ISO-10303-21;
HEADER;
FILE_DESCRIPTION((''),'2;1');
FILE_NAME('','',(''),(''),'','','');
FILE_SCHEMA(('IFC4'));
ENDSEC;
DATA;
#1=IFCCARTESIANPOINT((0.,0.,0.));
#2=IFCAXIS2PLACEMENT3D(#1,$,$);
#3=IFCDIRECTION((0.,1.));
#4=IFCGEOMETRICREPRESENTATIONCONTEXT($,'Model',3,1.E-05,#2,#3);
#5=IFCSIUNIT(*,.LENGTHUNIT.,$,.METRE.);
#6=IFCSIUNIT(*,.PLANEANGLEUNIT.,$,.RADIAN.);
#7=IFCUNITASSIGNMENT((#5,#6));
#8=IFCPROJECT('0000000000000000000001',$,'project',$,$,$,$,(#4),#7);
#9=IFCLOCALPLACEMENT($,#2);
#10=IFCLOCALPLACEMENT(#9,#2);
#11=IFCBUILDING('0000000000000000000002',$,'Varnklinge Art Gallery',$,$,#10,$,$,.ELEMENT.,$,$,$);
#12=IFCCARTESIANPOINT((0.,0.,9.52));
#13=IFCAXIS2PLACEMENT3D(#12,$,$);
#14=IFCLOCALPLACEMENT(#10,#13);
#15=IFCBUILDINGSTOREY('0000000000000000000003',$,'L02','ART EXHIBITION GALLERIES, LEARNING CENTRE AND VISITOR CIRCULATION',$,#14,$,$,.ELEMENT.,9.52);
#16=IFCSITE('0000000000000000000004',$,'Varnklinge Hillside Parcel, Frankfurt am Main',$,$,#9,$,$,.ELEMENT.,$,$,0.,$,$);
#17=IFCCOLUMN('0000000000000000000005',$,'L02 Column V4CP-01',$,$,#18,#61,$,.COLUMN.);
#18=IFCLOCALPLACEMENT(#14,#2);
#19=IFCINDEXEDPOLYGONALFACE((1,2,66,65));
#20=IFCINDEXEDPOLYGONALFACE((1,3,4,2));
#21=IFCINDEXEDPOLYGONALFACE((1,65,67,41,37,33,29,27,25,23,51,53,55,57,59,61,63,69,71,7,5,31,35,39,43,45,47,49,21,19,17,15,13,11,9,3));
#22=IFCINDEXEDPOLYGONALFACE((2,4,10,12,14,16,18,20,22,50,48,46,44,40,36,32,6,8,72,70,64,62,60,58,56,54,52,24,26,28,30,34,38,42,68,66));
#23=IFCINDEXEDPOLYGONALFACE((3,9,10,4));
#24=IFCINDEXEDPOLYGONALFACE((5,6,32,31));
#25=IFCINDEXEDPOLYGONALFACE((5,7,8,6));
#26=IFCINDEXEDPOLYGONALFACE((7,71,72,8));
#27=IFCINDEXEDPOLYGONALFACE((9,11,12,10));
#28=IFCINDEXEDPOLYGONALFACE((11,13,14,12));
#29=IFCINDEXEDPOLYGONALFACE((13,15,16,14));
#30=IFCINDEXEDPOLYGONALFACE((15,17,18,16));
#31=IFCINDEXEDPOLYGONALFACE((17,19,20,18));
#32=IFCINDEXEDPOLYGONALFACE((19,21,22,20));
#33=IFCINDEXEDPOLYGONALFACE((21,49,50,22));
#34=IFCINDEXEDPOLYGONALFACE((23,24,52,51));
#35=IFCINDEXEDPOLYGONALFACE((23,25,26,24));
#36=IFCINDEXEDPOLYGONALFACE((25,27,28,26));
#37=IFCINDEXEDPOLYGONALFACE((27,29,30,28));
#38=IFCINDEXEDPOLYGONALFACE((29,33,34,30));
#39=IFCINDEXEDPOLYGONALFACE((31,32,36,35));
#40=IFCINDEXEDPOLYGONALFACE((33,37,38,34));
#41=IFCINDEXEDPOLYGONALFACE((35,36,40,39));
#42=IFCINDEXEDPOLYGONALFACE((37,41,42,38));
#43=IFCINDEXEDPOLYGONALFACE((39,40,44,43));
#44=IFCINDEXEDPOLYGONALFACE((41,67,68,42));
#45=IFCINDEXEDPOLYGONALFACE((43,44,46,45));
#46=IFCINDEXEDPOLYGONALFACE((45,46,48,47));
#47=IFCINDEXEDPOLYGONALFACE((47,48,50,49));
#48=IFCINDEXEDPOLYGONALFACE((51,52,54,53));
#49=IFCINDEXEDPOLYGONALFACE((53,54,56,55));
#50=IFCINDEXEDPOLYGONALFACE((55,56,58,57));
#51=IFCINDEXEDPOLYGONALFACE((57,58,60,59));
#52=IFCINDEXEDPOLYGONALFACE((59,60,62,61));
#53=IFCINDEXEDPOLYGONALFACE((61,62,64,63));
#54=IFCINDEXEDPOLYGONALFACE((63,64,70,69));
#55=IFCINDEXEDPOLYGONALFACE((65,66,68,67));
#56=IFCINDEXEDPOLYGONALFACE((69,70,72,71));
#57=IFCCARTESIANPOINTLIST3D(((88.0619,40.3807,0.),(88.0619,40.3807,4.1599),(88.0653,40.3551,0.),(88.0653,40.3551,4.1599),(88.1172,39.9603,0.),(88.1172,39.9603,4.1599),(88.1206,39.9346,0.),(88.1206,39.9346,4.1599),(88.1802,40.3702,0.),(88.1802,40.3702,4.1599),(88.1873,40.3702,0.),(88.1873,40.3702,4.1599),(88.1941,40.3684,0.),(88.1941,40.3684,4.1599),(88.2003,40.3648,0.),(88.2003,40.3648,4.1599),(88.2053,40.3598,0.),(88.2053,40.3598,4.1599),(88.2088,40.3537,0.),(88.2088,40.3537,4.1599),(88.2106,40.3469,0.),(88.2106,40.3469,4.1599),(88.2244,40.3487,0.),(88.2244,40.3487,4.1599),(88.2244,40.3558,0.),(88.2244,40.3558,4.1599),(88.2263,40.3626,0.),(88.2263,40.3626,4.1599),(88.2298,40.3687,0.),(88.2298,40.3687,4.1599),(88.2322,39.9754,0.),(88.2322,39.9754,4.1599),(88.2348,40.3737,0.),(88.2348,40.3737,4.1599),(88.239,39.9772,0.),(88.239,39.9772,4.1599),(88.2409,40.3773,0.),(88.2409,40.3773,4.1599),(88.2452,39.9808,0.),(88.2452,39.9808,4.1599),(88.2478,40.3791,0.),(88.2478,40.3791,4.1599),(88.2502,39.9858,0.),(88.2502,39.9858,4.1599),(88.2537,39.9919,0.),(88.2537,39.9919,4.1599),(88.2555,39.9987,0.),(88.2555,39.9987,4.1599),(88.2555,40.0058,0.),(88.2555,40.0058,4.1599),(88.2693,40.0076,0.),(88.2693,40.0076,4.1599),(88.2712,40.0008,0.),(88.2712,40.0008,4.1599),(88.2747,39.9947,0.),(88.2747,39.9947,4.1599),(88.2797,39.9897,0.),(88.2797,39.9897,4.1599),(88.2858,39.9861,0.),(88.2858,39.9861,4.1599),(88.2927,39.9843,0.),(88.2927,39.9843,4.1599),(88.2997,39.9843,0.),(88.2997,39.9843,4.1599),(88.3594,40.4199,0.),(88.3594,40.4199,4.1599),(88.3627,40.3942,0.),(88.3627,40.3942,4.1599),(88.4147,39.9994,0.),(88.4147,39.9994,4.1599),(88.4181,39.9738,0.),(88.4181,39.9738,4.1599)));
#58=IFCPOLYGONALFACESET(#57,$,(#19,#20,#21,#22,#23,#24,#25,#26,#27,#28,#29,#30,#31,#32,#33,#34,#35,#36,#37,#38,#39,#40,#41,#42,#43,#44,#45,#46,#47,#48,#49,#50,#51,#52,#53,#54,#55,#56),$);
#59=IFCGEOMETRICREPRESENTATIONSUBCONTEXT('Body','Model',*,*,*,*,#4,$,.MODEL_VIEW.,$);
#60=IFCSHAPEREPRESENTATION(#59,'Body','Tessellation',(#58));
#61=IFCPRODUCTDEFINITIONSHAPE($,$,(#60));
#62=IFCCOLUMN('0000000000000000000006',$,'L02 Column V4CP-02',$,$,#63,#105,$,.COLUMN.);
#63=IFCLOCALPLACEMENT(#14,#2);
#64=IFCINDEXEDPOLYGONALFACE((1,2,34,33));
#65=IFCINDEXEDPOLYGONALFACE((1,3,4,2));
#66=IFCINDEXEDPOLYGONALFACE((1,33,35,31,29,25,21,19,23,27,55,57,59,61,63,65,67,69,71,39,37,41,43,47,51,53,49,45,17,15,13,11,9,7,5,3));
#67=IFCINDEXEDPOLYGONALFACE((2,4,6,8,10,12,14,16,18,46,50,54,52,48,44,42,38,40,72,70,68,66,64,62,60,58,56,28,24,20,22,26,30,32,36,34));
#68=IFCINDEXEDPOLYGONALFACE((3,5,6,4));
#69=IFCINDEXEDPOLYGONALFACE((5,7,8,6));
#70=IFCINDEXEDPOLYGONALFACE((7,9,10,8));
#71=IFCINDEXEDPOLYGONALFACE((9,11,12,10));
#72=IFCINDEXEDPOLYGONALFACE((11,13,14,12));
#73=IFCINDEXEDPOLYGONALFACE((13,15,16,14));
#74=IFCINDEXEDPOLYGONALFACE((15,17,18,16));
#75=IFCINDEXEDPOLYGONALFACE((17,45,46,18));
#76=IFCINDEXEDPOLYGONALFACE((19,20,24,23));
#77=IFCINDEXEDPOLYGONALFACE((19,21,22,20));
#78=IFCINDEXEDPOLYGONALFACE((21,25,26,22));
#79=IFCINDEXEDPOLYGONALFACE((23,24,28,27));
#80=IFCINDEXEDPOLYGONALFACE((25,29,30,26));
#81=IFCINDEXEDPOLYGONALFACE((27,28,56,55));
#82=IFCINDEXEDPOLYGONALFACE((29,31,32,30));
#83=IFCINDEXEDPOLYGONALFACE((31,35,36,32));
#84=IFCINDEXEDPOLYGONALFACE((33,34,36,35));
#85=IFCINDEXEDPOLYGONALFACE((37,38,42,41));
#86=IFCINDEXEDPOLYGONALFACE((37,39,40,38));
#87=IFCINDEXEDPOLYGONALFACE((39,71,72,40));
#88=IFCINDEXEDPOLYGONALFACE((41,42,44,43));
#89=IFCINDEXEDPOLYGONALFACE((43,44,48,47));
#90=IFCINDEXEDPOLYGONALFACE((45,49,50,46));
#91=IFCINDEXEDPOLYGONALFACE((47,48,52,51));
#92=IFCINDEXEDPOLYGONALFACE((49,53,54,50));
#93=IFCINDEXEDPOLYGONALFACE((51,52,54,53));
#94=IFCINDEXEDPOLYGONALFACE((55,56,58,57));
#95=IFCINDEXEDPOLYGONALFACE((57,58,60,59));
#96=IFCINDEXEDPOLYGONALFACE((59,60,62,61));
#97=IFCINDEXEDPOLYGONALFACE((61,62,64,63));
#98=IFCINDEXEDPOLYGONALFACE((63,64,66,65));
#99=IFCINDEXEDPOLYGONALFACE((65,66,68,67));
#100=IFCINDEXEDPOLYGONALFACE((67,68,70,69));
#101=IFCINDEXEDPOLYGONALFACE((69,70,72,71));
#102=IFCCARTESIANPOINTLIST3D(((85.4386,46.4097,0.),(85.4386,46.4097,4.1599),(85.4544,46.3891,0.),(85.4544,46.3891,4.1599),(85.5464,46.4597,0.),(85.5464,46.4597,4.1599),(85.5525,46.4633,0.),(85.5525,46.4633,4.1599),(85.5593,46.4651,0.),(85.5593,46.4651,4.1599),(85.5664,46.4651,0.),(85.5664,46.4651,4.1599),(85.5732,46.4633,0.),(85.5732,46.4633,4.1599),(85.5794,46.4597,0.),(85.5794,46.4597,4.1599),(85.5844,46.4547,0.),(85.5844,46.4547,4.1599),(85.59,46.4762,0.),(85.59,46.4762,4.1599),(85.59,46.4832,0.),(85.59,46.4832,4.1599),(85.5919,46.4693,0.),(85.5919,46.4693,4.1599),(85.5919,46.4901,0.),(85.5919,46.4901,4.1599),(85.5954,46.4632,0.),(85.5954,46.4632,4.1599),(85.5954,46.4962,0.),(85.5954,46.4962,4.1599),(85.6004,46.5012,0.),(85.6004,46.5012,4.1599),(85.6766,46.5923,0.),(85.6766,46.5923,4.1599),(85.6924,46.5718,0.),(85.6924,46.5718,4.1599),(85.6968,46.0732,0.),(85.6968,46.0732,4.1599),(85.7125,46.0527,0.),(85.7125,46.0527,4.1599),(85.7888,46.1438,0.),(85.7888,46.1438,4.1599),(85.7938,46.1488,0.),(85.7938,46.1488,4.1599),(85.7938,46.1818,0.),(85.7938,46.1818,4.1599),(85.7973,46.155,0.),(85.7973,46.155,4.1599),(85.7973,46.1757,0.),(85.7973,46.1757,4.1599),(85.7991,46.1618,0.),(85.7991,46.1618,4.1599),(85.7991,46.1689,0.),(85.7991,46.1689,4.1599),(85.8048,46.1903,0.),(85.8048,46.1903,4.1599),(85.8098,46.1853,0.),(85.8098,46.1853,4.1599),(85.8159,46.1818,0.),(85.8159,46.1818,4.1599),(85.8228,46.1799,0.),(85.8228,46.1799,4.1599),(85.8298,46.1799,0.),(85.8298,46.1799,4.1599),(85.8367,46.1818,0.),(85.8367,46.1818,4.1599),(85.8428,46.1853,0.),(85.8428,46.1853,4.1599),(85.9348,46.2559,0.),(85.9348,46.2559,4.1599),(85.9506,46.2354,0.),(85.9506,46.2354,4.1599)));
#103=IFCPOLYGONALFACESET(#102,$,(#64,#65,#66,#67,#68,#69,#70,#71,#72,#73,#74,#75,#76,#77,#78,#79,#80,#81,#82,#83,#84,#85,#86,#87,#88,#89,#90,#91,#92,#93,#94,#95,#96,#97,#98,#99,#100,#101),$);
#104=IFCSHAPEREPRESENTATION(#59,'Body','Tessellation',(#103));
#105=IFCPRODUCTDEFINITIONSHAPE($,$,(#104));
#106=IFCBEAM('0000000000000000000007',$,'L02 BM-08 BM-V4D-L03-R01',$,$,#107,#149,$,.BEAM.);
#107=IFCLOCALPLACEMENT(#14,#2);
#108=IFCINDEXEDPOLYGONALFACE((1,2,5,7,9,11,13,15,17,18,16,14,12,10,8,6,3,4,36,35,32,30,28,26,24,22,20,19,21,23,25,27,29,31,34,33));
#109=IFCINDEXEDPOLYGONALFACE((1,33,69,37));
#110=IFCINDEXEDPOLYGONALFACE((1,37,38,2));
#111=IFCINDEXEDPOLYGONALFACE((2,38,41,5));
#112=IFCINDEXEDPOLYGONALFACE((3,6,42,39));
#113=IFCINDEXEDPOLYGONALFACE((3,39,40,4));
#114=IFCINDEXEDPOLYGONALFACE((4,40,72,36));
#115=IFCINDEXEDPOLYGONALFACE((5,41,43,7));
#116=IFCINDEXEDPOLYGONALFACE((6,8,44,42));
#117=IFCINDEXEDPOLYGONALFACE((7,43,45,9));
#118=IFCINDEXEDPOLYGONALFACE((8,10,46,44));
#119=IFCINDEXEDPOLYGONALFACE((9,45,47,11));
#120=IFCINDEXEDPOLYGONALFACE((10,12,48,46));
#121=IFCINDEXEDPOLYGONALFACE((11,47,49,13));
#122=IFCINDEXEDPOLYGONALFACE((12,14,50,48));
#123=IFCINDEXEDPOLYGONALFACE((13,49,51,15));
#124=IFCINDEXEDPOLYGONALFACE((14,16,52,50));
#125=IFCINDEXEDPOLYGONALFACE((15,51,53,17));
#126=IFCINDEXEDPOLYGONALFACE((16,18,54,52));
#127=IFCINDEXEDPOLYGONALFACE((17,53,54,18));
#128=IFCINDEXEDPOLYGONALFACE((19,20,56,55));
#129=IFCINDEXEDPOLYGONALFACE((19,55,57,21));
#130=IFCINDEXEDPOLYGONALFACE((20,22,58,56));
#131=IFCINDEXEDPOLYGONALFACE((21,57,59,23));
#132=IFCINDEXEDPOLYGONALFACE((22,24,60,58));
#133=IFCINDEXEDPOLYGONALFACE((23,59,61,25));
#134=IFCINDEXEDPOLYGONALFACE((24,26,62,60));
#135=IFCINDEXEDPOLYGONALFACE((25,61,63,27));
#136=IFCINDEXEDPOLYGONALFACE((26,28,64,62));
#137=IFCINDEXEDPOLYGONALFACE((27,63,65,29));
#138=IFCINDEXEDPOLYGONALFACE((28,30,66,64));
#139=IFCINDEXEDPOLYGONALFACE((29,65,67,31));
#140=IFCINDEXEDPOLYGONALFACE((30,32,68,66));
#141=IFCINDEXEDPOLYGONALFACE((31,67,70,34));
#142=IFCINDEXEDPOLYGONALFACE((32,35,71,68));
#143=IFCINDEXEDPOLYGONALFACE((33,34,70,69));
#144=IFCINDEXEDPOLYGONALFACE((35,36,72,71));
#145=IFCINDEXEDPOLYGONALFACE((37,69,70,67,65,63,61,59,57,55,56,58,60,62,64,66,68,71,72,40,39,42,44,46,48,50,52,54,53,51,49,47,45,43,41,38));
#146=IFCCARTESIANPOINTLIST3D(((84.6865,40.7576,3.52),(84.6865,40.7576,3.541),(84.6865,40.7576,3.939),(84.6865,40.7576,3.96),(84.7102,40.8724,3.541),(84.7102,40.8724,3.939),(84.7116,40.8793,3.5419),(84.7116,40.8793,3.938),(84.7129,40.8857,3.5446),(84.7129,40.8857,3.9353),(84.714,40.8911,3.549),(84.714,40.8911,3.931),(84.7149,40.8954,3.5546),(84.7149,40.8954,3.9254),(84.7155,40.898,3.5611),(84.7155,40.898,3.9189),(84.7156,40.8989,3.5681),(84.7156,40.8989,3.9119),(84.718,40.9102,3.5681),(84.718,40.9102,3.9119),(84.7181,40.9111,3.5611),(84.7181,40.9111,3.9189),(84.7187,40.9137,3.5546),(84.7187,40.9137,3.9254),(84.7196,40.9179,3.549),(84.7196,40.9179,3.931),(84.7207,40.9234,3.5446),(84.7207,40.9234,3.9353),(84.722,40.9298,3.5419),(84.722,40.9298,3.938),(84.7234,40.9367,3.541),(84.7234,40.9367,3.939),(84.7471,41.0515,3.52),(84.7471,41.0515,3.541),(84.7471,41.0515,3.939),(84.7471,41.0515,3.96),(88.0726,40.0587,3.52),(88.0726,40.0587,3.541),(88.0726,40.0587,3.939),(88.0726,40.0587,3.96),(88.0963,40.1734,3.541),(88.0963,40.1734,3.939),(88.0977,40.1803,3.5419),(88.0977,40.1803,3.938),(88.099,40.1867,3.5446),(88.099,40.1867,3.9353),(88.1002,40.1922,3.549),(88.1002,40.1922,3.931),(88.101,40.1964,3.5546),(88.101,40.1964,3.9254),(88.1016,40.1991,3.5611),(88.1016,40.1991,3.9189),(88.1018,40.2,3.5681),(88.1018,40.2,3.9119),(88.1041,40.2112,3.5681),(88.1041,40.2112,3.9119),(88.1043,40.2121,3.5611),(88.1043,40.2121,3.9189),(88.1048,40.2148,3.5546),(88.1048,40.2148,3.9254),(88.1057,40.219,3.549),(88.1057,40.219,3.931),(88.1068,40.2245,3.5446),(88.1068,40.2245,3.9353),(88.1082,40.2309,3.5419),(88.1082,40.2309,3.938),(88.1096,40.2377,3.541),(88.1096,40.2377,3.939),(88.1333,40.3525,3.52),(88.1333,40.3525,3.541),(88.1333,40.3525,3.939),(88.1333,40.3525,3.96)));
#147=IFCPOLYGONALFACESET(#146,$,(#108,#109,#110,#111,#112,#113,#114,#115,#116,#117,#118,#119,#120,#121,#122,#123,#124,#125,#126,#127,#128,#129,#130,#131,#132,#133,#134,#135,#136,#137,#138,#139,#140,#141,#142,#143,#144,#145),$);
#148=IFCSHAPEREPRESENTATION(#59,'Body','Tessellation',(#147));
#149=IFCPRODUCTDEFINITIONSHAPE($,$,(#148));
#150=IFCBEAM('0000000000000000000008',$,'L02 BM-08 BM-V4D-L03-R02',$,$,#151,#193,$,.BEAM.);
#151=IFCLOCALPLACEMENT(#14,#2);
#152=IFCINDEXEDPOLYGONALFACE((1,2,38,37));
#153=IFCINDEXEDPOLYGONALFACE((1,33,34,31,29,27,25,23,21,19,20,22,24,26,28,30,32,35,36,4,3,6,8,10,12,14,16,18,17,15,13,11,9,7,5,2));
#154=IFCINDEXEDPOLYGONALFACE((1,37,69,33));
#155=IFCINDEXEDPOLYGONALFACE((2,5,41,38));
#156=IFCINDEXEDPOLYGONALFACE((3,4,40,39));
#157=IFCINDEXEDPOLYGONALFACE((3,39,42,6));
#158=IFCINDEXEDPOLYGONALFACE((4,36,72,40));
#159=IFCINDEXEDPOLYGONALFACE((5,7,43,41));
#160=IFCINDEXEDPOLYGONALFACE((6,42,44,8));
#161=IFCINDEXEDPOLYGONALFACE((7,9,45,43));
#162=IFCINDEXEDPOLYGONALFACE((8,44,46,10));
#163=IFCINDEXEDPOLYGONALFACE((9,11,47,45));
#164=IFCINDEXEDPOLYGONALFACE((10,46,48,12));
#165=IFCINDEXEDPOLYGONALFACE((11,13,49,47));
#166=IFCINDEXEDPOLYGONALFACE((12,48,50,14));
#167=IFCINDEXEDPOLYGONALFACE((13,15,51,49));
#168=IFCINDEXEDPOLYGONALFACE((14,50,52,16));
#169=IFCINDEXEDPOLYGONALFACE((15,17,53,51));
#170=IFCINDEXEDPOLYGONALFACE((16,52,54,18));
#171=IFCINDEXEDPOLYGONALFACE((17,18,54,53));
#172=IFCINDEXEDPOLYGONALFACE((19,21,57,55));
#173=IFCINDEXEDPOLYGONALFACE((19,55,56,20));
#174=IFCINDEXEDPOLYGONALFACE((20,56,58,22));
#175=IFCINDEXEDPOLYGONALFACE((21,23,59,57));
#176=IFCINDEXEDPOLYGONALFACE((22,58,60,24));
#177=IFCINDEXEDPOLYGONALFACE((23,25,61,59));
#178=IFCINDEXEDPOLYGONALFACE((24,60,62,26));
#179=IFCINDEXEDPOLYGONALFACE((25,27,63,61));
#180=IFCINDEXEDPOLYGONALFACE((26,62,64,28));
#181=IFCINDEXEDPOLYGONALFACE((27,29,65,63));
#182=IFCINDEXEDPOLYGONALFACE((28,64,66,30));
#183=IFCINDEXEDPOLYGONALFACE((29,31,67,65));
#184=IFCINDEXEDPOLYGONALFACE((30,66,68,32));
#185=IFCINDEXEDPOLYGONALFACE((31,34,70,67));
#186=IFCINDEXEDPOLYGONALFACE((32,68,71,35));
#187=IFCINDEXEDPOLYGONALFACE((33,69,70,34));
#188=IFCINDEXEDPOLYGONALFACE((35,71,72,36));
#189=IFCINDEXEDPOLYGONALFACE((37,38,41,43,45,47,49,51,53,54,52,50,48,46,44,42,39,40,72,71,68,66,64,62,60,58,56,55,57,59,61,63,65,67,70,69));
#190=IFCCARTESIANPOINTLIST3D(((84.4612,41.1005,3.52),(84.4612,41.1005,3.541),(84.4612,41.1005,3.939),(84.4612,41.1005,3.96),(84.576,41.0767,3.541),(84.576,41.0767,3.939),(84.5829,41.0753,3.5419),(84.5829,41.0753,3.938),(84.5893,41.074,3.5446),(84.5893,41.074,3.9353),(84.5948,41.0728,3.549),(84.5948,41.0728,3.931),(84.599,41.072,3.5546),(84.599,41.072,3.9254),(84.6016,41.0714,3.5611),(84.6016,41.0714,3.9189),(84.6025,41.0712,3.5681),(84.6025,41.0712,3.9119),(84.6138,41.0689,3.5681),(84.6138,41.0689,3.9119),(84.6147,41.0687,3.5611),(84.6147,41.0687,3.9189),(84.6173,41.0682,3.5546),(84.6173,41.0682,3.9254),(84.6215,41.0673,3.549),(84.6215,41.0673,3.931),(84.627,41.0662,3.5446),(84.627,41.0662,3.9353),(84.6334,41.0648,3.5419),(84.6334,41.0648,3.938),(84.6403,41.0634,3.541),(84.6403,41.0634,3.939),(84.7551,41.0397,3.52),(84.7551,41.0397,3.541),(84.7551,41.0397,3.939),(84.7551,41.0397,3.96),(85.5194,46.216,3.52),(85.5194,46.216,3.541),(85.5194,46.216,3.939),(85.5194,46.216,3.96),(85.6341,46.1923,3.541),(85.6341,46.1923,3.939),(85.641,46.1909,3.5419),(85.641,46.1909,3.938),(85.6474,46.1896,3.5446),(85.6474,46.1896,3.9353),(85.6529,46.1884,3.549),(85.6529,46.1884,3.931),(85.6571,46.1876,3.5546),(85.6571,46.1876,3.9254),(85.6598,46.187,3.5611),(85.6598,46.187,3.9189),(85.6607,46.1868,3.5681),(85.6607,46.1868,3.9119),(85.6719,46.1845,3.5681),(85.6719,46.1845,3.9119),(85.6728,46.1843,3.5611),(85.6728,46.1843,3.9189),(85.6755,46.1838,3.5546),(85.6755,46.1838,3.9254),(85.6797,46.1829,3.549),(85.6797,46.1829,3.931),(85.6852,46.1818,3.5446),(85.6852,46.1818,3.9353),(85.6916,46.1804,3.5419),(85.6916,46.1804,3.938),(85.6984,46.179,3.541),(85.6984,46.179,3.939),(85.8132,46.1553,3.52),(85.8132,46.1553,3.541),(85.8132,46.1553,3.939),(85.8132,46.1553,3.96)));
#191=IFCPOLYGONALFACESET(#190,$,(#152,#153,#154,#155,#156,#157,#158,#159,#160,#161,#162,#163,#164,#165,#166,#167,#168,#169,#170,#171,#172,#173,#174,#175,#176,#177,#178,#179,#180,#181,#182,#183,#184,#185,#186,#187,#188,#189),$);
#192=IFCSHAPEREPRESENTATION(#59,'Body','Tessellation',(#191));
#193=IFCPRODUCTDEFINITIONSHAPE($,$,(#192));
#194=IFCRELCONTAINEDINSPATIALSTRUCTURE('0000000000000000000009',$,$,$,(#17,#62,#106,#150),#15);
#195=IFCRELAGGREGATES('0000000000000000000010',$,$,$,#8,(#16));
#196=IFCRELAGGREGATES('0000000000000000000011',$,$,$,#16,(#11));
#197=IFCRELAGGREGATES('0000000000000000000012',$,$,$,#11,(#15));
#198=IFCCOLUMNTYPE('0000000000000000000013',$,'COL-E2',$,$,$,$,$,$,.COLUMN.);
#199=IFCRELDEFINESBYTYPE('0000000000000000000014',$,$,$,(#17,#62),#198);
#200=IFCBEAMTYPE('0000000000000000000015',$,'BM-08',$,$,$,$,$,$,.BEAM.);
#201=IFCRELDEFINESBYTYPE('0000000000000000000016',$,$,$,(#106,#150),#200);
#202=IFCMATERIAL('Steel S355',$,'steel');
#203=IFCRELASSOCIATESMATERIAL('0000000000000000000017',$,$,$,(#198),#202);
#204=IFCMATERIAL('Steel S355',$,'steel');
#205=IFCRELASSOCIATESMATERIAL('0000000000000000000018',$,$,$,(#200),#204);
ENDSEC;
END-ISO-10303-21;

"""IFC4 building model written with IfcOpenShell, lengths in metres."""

from ifc_helpers import new_model, si_unit, direction, frame, origin, origin_2d, place, context, subcontext, project, spatial, i_section, extrude, material, material_profile, profile_set, type_object, element, save


model = new_model("IFC4")

# Units and contexts
model_context = context("Model", 3, precision=1e-05, world=origin(), true_north=direction((0.0, 1.0)))
body_context = subcontext(model_context, "Body", "Model", "MODEL_VIEW")
ifc_project = project(units=[si_unit("LENGTHUNIT", "METRE"), si_unit("PLANEANGLEUNIT", "RADIAN")], contexts=[model_context])

# Site, building, storey
site_placement = place(None, origin())
site = spatial("IfcSite", under=ifc_project, at=site_placement, Name="Varnklinge Hillside Parcel, Frankfurt am Main", CompositionType="ELEMENT", RefElevation=0.0)
building_placement = place(site_placement, origin())
building = spatial("IfcBuilding", under=site, at=building_placement, Name="Varnklinge Art Gallery", CompositionType="ELEMENT")
storey_placement = place(building_placement, frame((0.0, 0.0, 9.52)))
storey = spatial("IfcBuildingStorey", under=building, at=storey_placement, Name="L02", Description="ART EXHIBITION GALLERIES, LEARNING CENTRE AND VISITOR CIRCULATION", CompositionType="ELEMENT", Elevation=9.52)

# Columns
ifc_material_1 = material(Name="Steel S355", Category="steel")
ifc_material_profile_1 = material_profile(ifc_material_1, i_section(OverallWidth=0.3, OverallDepth=0.45, WebThickness=0.0139, FlangeThickness=0.0259, FilletRadius=0.0271, at=origin_2d()), Name="HEB 450")
ifc_profile_set_1 = profile_set([ifc_material_profile_1], Name="Steel S355")
column_type = type_object("IfcColumnType", Name="COL-E2", PredefinedType="COLUMN", material=ifc_profile_set_1)
for number, where, z_axis, x_axis, name in (
    (1, (88.24, 40.1772, 0.0), (0.0, 0.0, 1.0), (0.991445, 0.130526, 0.0), "L02 Column V4CP-01"),
    (2, (85.6946, 46.3225, 0.0), (0.0, 0.0, 1.0), (0.793353, 0.608761, 0.0), "L02 Column V4CP-02"),
):
    element("IfcColumn", number, at=place(storey_placement, frame(where, z_axis=z_axis, x_axis=x_axis)), inside=storey, type_object=column_type, Name=name, PredefinedType="COLUMN", context=body_context, shape_type="SweptSolid", body=[
        extrude(i_section(OverallWidth=0.3, OverallDepth=0.45, WebThickness=0.0139, FlangeThickness=0.0259, FilletRadius=0.0271, at=origin_2d()), origin(), (0.0, 0.0, 1.0), 4.1599),
    ])

# Beams
ifc_material_2 = material(Name="Steel S355", Category="steel")
ifc_material_profile_2 = material_profile(ifc_material_2, i_section(OverallWidth=0.3, OverallDepth=0.4399, WebThickness=0.0115, FlangeThickness=0.021, FilletRadius=0.0271, at=origin_2d()), Name="HEA 450")
ifc_profile_set_2 = profile_set([ifc_material_profile_2], Name="Steel S355")
beam_type_1 = type_object("IfcBeamType", Name="BM-08", PredefinedType="BEAM", material=ifc_profile_set_2)
beam_1_placement = place(storey_placement, frame((84.7168, 40.9045, 3.74), z_axis=(0.979354, -0.202155, 0.0), x_axis=(0.202155, 0.979354, 0.0)))
element("IfcBeam", 3, at=beam_1_placement, inside=storey, type_object=beam_type_1, Name="L02 BM-08 BM-V4D-L03-R01", PredefinedType="BEAM", context=body_context, shape_type="SweptSolid", body=[
    extrude(i_section(OverallWidth=0.3, OverallDepth=0.4399, WebThickness=0.0115, FlangeThickness=0.021, FilletRadius=0.0271, at=origin_2d()), origin(), (0.0, 0.0, 1.0), 3.4575),
])
beam_2_placement = place(storey_placement, frame((84.6082, 41.0701, 3.74), z_axis=(0.202556, 0.979271, 0.0), x_axis=(-0.979271, 0.202556, 0.0)))
element("IfcBeam", 4, at=beam_2_placement, inside=storey, type_object=beam_type_1, Name="L02 BM-08 BM-V4D-L03-R02", PredefinedType="BEAM", context=body_context, shape_type="SweptSolid", body=[
    extrude(i_section(OverallWidth=0.3, OverallDepth=0.4399, WebThickness=0.0115, FlangeThickness=0.021, FilletRadius=0.0271, at=origin_2d()), origin(), (0.0, 0.0, 1.0), 5.2239),
])

save(model, "model.ifc")
